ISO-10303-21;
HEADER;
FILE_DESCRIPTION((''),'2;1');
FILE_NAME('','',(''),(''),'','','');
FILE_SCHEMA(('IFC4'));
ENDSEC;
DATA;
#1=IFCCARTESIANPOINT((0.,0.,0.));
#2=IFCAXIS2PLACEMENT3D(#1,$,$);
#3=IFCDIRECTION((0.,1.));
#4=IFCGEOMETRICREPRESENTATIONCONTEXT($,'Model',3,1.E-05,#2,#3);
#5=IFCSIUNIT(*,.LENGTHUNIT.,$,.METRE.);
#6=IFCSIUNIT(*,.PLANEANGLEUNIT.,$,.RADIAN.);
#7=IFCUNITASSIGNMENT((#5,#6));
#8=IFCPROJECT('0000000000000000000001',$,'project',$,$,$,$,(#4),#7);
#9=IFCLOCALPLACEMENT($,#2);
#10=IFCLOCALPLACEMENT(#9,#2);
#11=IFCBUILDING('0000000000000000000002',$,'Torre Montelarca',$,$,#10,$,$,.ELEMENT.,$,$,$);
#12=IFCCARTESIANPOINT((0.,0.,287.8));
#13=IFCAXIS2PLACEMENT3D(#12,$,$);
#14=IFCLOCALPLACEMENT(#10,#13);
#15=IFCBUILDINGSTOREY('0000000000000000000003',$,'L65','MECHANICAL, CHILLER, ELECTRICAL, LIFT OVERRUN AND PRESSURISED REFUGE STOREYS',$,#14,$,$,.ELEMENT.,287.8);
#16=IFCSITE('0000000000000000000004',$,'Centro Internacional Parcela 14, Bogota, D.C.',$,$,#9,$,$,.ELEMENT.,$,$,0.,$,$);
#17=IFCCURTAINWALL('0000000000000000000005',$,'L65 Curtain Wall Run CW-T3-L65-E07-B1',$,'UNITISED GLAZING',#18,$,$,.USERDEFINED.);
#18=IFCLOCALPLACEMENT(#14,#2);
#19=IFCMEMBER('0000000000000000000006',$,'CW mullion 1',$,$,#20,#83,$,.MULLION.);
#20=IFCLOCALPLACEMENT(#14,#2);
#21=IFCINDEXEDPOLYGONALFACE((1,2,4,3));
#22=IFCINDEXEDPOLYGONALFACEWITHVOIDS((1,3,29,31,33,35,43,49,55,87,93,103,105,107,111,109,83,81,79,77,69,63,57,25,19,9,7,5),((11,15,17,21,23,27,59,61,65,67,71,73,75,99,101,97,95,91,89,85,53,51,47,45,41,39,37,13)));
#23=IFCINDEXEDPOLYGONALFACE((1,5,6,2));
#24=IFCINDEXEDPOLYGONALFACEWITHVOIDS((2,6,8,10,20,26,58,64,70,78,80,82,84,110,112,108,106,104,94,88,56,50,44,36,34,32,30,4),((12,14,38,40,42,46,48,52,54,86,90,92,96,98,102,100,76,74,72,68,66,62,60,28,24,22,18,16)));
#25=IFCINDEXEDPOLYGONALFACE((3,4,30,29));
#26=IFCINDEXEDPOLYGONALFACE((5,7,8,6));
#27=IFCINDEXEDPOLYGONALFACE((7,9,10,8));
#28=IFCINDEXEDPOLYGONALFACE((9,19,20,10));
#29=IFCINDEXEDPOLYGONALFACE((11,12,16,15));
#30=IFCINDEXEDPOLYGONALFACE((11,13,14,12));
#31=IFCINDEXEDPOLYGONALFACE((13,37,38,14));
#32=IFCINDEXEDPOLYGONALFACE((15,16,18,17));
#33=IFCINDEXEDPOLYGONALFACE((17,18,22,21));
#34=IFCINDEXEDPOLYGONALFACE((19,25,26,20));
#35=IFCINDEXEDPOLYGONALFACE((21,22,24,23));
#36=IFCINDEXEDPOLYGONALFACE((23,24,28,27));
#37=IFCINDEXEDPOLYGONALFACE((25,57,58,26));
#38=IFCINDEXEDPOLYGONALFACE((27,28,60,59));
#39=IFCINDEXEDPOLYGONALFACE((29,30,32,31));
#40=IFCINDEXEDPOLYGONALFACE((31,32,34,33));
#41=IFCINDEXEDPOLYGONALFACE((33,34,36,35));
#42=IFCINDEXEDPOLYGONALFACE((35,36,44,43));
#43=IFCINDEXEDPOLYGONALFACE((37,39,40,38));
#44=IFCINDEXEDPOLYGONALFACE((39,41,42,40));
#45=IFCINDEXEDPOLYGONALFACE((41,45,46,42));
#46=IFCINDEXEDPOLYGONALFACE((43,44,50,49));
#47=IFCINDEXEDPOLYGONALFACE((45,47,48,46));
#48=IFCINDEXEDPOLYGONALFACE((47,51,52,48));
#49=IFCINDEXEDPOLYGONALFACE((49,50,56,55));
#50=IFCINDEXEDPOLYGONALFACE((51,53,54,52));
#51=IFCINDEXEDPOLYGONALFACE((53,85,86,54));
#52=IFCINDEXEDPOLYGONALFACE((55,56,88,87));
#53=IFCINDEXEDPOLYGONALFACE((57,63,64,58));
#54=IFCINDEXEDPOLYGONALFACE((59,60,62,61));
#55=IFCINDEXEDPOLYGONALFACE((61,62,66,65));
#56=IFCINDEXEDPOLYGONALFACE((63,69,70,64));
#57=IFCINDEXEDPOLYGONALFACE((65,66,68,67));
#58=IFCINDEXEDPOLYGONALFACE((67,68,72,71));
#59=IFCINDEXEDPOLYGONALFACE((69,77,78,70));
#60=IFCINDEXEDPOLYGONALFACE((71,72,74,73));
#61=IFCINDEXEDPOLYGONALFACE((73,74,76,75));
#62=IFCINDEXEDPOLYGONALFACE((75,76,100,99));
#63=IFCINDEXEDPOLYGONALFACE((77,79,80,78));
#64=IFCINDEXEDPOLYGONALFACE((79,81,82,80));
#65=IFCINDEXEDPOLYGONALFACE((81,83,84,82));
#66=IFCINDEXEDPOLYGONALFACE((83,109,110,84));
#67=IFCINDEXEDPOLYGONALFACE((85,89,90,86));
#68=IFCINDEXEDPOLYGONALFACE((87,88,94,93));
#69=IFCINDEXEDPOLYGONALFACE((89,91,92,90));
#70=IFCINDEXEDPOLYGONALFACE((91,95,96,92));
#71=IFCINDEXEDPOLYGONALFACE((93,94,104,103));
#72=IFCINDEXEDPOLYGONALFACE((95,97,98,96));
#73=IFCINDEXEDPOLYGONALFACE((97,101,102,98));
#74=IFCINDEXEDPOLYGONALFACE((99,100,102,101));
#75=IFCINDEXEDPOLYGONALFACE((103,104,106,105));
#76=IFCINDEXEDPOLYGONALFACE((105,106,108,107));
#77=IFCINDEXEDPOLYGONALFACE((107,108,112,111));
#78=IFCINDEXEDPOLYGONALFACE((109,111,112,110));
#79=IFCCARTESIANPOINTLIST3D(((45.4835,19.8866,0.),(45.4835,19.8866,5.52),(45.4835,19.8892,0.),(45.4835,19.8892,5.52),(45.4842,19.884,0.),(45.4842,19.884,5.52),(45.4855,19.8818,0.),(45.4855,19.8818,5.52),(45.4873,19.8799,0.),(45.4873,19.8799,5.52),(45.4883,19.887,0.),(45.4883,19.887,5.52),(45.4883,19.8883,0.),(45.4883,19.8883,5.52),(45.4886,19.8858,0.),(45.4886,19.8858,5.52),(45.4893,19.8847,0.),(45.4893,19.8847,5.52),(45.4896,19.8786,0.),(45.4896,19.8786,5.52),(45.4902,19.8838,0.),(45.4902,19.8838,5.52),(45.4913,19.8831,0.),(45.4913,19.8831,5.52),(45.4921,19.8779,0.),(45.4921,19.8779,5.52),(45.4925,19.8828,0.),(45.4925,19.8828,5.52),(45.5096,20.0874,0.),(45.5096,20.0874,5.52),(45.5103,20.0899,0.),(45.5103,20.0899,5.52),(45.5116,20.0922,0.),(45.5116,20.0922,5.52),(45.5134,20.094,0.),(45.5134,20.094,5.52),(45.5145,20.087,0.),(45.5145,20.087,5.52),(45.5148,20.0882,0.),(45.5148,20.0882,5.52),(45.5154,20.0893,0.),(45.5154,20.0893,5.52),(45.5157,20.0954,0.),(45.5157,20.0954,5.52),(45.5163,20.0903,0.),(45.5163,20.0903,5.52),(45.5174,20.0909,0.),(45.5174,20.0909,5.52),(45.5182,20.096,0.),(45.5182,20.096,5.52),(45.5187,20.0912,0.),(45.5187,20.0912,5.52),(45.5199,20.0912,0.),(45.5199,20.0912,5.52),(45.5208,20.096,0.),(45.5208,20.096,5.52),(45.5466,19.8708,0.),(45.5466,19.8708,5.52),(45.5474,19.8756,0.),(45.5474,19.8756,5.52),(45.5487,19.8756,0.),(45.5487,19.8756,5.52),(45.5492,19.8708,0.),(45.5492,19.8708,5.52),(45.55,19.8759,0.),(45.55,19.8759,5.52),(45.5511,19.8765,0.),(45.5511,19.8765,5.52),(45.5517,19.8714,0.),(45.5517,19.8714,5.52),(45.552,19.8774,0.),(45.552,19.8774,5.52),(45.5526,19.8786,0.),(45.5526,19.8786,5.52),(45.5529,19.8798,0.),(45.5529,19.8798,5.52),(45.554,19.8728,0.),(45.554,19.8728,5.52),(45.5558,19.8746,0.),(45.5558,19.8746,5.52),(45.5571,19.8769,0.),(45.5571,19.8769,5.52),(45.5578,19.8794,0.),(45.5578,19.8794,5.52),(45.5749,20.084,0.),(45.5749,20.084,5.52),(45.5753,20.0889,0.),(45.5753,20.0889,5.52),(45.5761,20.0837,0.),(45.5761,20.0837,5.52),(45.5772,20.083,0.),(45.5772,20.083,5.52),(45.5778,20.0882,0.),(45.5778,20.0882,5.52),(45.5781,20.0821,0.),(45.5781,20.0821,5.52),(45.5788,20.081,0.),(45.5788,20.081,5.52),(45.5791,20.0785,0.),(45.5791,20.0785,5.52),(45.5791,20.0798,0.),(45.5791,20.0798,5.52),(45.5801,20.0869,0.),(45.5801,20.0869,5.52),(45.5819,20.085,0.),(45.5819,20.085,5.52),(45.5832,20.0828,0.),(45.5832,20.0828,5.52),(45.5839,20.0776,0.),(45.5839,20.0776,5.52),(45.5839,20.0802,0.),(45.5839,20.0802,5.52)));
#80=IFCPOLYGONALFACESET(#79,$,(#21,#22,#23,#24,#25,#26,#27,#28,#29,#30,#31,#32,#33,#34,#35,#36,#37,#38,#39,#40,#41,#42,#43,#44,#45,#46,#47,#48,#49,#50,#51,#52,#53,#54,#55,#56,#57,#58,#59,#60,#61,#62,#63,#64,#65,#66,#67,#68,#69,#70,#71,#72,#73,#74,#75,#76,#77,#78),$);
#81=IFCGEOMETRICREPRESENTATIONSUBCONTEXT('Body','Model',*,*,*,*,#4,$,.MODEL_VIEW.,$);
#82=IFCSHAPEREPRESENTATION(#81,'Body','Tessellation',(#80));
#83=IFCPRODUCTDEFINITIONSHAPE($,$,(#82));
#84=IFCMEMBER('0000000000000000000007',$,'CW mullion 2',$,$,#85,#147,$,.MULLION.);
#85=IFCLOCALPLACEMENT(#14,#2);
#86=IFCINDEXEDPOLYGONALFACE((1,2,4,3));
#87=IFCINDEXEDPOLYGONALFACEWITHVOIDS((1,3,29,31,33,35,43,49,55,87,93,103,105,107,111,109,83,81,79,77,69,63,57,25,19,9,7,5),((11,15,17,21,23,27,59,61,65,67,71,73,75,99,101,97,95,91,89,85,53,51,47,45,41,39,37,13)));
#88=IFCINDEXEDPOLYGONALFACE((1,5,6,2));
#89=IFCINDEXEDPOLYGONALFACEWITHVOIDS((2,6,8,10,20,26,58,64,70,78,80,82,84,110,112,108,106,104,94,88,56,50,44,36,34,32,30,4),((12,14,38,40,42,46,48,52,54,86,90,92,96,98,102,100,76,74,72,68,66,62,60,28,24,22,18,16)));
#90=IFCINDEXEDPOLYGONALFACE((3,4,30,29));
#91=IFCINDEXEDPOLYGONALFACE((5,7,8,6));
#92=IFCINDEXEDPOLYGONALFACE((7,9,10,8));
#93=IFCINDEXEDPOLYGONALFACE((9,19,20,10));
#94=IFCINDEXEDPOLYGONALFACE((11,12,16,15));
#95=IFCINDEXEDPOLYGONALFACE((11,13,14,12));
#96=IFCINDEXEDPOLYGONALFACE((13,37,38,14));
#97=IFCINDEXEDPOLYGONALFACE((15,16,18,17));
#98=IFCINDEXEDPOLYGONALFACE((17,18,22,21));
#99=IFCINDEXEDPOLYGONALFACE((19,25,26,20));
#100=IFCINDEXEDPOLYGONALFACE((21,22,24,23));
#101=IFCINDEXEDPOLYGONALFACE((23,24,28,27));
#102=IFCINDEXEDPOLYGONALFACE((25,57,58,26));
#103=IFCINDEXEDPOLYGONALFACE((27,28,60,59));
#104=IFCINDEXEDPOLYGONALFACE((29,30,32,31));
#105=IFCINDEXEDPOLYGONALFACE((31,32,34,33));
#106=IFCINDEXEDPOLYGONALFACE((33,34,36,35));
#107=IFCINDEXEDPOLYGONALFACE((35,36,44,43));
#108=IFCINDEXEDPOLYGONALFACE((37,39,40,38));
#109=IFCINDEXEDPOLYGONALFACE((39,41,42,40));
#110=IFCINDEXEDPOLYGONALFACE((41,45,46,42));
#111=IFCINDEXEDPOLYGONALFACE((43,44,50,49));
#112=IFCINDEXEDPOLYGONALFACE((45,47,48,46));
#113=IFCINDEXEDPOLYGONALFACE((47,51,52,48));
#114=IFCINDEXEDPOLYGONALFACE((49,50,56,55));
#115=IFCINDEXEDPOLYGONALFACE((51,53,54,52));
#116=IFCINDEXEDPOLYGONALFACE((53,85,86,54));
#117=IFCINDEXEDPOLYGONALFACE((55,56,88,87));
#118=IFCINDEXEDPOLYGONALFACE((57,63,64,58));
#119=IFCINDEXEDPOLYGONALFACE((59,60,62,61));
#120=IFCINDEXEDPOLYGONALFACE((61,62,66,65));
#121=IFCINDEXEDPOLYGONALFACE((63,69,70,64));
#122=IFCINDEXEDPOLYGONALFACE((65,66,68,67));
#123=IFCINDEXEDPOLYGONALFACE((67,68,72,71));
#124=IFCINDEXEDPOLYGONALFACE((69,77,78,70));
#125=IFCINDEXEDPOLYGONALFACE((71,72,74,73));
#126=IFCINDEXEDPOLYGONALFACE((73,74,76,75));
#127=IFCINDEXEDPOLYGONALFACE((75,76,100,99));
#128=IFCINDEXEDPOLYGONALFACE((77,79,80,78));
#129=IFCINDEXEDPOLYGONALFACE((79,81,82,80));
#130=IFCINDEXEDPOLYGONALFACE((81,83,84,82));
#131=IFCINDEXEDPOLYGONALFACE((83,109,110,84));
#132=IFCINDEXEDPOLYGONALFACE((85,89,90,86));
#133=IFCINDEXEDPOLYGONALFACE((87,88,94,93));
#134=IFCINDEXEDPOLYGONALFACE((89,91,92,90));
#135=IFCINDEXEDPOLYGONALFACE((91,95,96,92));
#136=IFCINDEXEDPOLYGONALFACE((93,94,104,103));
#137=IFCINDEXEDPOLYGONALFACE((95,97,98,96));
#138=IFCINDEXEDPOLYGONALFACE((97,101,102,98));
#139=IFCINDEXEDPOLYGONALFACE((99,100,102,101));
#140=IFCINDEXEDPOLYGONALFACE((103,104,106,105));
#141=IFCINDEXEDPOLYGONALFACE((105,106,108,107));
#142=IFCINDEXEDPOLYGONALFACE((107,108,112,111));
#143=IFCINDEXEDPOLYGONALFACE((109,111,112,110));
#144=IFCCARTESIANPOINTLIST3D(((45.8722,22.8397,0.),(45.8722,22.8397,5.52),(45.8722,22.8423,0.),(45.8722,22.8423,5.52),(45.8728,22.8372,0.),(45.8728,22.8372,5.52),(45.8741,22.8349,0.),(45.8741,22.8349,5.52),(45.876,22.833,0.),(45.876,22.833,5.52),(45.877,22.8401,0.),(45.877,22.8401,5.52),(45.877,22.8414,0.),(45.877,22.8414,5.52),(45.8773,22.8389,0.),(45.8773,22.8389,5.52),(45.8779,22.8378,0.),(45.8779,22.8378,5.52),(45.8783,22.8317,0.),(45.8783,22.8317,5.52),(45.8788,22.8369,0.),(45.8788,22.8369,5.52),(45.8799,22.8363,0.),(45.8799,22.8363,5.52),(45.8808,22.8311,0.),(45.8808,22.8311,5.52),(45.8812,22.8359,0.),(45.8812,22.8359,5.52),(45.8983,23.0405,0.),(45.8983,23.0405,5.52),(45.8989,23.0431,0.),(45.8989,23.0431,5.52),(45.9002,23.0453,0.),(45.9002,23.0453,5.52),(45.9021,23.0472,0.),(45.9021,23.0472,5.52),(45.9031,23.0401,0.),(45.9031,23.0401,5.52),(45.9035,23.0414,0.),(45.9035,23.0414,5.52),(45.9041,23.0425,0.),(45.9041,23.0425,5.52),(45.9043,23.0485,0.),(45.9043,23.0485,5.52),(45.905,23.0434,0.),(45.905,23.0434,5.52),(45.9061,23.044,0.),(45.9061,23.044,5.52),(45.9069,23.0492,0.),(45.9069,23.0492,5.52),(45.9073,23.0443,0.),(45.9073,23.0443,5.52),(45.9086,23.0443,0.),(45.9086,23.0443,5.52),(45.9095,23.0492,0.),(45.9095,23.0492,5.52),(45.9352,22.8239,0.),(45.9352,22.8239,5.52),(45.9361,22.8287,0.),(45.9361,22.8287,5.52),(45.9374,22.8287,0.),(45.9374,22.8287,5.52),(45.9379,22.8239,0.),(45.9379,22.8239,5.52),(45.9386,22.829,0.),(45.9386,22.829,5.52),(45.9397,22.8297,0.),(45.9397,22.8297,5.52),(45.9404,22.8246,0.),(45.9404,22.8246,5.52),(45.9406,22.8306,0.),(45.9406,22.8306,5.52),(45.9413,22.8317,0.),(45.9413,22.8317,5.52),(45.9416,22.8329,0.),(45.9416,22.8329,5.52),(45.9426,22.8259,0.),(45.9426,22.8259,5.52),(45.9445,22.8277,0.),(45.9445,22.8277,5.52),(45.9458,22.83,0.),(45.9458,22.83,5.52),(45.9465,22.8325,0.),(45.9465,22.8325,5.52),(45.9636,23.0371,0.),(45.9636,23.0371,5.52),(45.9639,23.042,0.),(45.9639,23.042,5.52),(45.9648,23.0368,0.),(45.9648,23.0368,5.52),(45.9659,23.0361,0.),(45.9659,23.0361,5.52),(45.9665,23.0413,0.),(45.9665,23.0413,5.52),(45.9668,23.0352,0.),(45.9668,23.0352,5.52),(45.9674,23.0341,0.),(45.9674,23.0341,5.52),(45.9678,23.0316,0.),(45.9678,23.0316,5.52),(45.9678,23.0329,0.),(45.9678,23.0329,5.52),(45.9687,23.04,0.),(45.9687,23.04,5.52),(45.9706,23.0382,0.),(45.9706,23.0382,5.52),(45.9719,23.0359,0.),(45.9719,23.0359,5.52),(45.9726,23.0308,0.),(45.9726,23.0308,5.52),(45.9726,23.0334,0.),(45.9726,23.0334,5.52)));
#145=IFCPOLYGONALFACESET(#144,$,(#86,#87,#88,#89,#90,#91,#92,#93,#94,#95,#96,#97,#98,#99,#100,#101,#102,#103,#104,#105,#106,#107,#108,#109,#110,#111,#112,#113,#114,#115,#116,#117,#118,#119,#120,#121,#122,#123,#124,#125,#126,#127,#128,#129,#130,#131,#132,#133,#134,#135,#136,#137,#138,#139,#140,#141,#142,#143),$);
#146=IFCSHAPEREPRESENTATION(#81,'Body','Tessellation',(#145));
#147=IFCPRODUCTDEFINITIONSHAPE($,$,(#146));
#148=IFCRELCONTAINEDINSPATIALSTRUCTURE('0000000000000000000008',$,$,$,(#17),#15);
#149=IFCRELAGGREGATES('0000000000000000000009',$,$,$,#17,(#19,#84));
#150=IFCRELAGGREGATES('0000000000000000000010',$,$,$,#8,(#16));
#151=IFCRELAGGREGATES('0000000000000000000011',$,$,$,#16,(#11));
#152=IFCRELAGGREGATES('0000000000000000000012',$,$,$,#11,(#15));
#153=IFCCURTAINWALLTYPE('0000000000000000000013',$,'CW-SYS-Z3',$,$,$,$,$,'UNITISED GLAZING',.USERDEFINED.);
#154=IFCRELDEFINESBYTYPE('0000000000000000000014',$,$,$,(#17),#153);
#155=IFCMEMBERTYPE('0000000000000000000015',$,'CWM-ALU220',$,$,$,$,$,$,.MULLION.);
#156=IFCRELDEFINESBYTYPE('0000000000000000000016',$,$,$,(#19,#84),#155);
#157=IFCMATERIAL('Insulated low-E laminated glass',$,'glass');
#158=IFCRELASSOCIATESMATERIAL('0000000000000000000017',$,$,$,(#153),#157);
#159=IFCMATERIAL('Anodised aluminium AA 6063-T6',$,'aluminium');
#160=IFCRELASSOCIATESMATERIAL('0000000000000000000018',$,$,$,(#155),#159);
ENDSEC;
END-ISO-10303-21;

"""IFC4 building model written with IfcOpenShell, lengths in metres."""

from ifc_helpers import new_model, si_unit, direction, frame, origin, origin_2d, place, context, subcontext, project, spatial, hollow_rectangle, extrude, source, transform, mapped, material, material_profile, profile_set, type_object, element, aggregate, save


model = new_model("IFC4")

# Units and contexts
model_context = context("Model", 3, precision=1e-05, world=origin(), true_north=direction((0.0, 1.0)))
body_context = subcontext(model_context, "Body", "Model", "MODEL_VIEW")
ifc_project = project(units=[si_unit("LENGTHUNIT", "METRE"), si_unit("PLANEANGLEUNIT", "RADIAN")], contexts=[model_context])

# Site, building, storey
site_placement = place(None, origin())
site = spatial("IfcSite", under=ifc_project, at=site_placement, Name="Centro Internacional Parcela 14, Bogota, D.C.", CompositionType="ELEMENT", RefElevation=0.0)
building_placement = place(site_placement, origin())
building = spatial("IfcBuilding", under=site, at=building_placement, Name="Torre Montelarca", CompositionType="ELEMENT")
storey_placement = place(building_placement, frame((0.0, 0.0, 287.8)))
storey = spatial("IfcBuildingStorey", under=building, at=storey_placement, Name="L65", Description="MECHANICAL, CHILLER, ELECTRICAL, LIFT OVERRUN AND PRESSURISED REFUGE STOREYS", CompositionType="ELEMENT", Elevation=287.8)

# Curtain wall, members
ifc_material_1 = material(Name="Insulated low-E laminated glass", Category="glass")
curtain_wall_type = type_object("IfcCurtainWallType", Name="CW-SYS-Z3", ElementType="UNITISED GLAZING", PredefinedType="USERDEFINED", material=ifc_material_1)
curtain_wall_placement = place(storey_placement, origin())
curtain_wall = element("IfcCurtainWall", 1, at=curtain_wall_placement, inside=storey, type_object=curtain_wall_type, Name="L65 Curtain Wall Run CW-T3-L65-E07-B1", ObjectType="UNITISED GLAZING", PredefinedType="USERDEFINED")
ifc_material_2 = material(Name="Anodised aluminium AA 6063-T6", Category="aluminium")
ifc_material_profile_1 = material_profile(ifc_material_2, hollow_rectangle(XDim=0.075, YDim=0.22, WallThickness=0.0049, InnerFilletRadius=0.0049, OuterFilletRadius=0.01, at=origin_2d()), Name="ALU75X220X5", Category="aluminium")
ifc_profile_set_1 = profile_set([ifc_material_profile_1], Name="Anodised aluminium AA 6063-T6")
member_type_1 = type_object("IfcMemberType", Name="CWM-ALU220", PredefinedType="MULLION", material=ifc_profile_set_1)
shared_shape_1 = source(origin(), body_context, "Body", "SweptSolid", [
    extrude(hollow_rectangle(XDim=0.075, YDim=0.22, WallThickness=0.0049, InnerFilletRadius=0.0049, OuterFilletRadius=0.01, at=origin_2d()), origin(), (0.0, 0.0, 1.0), 5.52),
])
member_1_placement = place(storey_placement, frame((45.5337, 19.9834, 0.0), z_axis=(0.0, 0.0, 1.0), x_axis=(-0.991446, 0.130514, 0.0)))
member_1 = element("IfcMember", 2, at=member_1_placement, type_object=member_type_1, Name="CW mullion 1", PredefinedType="MULLION", context=body_context, shape_type="MappedRepresentation", body=[
    mapped(shared_shape_1, transform((0.0, 0.0, 0.0), scale=1.0)),
])
member_2_placement = place(storey_placement, frame((45.9224, 22.9365, 0.0), z_axis=(0.0, 0.0, 1.0), x_axis=(-0.991446, 0.130514, 0.0)))
member_2 = element("IfcMember", 3, at=member_2_placement, type_object=member_type_1, Name="CW mullion 2", PredefinedType="MULLION", context=body_context, shape_type="MappedRepresentation", body=[
    mapped(shared_shape_1, transform((0.0, 0.0, 0.0), scale=1.0)),
])

aggregate(curtain_wall, [member_1, member_2])

save(model, "model.ifc")
